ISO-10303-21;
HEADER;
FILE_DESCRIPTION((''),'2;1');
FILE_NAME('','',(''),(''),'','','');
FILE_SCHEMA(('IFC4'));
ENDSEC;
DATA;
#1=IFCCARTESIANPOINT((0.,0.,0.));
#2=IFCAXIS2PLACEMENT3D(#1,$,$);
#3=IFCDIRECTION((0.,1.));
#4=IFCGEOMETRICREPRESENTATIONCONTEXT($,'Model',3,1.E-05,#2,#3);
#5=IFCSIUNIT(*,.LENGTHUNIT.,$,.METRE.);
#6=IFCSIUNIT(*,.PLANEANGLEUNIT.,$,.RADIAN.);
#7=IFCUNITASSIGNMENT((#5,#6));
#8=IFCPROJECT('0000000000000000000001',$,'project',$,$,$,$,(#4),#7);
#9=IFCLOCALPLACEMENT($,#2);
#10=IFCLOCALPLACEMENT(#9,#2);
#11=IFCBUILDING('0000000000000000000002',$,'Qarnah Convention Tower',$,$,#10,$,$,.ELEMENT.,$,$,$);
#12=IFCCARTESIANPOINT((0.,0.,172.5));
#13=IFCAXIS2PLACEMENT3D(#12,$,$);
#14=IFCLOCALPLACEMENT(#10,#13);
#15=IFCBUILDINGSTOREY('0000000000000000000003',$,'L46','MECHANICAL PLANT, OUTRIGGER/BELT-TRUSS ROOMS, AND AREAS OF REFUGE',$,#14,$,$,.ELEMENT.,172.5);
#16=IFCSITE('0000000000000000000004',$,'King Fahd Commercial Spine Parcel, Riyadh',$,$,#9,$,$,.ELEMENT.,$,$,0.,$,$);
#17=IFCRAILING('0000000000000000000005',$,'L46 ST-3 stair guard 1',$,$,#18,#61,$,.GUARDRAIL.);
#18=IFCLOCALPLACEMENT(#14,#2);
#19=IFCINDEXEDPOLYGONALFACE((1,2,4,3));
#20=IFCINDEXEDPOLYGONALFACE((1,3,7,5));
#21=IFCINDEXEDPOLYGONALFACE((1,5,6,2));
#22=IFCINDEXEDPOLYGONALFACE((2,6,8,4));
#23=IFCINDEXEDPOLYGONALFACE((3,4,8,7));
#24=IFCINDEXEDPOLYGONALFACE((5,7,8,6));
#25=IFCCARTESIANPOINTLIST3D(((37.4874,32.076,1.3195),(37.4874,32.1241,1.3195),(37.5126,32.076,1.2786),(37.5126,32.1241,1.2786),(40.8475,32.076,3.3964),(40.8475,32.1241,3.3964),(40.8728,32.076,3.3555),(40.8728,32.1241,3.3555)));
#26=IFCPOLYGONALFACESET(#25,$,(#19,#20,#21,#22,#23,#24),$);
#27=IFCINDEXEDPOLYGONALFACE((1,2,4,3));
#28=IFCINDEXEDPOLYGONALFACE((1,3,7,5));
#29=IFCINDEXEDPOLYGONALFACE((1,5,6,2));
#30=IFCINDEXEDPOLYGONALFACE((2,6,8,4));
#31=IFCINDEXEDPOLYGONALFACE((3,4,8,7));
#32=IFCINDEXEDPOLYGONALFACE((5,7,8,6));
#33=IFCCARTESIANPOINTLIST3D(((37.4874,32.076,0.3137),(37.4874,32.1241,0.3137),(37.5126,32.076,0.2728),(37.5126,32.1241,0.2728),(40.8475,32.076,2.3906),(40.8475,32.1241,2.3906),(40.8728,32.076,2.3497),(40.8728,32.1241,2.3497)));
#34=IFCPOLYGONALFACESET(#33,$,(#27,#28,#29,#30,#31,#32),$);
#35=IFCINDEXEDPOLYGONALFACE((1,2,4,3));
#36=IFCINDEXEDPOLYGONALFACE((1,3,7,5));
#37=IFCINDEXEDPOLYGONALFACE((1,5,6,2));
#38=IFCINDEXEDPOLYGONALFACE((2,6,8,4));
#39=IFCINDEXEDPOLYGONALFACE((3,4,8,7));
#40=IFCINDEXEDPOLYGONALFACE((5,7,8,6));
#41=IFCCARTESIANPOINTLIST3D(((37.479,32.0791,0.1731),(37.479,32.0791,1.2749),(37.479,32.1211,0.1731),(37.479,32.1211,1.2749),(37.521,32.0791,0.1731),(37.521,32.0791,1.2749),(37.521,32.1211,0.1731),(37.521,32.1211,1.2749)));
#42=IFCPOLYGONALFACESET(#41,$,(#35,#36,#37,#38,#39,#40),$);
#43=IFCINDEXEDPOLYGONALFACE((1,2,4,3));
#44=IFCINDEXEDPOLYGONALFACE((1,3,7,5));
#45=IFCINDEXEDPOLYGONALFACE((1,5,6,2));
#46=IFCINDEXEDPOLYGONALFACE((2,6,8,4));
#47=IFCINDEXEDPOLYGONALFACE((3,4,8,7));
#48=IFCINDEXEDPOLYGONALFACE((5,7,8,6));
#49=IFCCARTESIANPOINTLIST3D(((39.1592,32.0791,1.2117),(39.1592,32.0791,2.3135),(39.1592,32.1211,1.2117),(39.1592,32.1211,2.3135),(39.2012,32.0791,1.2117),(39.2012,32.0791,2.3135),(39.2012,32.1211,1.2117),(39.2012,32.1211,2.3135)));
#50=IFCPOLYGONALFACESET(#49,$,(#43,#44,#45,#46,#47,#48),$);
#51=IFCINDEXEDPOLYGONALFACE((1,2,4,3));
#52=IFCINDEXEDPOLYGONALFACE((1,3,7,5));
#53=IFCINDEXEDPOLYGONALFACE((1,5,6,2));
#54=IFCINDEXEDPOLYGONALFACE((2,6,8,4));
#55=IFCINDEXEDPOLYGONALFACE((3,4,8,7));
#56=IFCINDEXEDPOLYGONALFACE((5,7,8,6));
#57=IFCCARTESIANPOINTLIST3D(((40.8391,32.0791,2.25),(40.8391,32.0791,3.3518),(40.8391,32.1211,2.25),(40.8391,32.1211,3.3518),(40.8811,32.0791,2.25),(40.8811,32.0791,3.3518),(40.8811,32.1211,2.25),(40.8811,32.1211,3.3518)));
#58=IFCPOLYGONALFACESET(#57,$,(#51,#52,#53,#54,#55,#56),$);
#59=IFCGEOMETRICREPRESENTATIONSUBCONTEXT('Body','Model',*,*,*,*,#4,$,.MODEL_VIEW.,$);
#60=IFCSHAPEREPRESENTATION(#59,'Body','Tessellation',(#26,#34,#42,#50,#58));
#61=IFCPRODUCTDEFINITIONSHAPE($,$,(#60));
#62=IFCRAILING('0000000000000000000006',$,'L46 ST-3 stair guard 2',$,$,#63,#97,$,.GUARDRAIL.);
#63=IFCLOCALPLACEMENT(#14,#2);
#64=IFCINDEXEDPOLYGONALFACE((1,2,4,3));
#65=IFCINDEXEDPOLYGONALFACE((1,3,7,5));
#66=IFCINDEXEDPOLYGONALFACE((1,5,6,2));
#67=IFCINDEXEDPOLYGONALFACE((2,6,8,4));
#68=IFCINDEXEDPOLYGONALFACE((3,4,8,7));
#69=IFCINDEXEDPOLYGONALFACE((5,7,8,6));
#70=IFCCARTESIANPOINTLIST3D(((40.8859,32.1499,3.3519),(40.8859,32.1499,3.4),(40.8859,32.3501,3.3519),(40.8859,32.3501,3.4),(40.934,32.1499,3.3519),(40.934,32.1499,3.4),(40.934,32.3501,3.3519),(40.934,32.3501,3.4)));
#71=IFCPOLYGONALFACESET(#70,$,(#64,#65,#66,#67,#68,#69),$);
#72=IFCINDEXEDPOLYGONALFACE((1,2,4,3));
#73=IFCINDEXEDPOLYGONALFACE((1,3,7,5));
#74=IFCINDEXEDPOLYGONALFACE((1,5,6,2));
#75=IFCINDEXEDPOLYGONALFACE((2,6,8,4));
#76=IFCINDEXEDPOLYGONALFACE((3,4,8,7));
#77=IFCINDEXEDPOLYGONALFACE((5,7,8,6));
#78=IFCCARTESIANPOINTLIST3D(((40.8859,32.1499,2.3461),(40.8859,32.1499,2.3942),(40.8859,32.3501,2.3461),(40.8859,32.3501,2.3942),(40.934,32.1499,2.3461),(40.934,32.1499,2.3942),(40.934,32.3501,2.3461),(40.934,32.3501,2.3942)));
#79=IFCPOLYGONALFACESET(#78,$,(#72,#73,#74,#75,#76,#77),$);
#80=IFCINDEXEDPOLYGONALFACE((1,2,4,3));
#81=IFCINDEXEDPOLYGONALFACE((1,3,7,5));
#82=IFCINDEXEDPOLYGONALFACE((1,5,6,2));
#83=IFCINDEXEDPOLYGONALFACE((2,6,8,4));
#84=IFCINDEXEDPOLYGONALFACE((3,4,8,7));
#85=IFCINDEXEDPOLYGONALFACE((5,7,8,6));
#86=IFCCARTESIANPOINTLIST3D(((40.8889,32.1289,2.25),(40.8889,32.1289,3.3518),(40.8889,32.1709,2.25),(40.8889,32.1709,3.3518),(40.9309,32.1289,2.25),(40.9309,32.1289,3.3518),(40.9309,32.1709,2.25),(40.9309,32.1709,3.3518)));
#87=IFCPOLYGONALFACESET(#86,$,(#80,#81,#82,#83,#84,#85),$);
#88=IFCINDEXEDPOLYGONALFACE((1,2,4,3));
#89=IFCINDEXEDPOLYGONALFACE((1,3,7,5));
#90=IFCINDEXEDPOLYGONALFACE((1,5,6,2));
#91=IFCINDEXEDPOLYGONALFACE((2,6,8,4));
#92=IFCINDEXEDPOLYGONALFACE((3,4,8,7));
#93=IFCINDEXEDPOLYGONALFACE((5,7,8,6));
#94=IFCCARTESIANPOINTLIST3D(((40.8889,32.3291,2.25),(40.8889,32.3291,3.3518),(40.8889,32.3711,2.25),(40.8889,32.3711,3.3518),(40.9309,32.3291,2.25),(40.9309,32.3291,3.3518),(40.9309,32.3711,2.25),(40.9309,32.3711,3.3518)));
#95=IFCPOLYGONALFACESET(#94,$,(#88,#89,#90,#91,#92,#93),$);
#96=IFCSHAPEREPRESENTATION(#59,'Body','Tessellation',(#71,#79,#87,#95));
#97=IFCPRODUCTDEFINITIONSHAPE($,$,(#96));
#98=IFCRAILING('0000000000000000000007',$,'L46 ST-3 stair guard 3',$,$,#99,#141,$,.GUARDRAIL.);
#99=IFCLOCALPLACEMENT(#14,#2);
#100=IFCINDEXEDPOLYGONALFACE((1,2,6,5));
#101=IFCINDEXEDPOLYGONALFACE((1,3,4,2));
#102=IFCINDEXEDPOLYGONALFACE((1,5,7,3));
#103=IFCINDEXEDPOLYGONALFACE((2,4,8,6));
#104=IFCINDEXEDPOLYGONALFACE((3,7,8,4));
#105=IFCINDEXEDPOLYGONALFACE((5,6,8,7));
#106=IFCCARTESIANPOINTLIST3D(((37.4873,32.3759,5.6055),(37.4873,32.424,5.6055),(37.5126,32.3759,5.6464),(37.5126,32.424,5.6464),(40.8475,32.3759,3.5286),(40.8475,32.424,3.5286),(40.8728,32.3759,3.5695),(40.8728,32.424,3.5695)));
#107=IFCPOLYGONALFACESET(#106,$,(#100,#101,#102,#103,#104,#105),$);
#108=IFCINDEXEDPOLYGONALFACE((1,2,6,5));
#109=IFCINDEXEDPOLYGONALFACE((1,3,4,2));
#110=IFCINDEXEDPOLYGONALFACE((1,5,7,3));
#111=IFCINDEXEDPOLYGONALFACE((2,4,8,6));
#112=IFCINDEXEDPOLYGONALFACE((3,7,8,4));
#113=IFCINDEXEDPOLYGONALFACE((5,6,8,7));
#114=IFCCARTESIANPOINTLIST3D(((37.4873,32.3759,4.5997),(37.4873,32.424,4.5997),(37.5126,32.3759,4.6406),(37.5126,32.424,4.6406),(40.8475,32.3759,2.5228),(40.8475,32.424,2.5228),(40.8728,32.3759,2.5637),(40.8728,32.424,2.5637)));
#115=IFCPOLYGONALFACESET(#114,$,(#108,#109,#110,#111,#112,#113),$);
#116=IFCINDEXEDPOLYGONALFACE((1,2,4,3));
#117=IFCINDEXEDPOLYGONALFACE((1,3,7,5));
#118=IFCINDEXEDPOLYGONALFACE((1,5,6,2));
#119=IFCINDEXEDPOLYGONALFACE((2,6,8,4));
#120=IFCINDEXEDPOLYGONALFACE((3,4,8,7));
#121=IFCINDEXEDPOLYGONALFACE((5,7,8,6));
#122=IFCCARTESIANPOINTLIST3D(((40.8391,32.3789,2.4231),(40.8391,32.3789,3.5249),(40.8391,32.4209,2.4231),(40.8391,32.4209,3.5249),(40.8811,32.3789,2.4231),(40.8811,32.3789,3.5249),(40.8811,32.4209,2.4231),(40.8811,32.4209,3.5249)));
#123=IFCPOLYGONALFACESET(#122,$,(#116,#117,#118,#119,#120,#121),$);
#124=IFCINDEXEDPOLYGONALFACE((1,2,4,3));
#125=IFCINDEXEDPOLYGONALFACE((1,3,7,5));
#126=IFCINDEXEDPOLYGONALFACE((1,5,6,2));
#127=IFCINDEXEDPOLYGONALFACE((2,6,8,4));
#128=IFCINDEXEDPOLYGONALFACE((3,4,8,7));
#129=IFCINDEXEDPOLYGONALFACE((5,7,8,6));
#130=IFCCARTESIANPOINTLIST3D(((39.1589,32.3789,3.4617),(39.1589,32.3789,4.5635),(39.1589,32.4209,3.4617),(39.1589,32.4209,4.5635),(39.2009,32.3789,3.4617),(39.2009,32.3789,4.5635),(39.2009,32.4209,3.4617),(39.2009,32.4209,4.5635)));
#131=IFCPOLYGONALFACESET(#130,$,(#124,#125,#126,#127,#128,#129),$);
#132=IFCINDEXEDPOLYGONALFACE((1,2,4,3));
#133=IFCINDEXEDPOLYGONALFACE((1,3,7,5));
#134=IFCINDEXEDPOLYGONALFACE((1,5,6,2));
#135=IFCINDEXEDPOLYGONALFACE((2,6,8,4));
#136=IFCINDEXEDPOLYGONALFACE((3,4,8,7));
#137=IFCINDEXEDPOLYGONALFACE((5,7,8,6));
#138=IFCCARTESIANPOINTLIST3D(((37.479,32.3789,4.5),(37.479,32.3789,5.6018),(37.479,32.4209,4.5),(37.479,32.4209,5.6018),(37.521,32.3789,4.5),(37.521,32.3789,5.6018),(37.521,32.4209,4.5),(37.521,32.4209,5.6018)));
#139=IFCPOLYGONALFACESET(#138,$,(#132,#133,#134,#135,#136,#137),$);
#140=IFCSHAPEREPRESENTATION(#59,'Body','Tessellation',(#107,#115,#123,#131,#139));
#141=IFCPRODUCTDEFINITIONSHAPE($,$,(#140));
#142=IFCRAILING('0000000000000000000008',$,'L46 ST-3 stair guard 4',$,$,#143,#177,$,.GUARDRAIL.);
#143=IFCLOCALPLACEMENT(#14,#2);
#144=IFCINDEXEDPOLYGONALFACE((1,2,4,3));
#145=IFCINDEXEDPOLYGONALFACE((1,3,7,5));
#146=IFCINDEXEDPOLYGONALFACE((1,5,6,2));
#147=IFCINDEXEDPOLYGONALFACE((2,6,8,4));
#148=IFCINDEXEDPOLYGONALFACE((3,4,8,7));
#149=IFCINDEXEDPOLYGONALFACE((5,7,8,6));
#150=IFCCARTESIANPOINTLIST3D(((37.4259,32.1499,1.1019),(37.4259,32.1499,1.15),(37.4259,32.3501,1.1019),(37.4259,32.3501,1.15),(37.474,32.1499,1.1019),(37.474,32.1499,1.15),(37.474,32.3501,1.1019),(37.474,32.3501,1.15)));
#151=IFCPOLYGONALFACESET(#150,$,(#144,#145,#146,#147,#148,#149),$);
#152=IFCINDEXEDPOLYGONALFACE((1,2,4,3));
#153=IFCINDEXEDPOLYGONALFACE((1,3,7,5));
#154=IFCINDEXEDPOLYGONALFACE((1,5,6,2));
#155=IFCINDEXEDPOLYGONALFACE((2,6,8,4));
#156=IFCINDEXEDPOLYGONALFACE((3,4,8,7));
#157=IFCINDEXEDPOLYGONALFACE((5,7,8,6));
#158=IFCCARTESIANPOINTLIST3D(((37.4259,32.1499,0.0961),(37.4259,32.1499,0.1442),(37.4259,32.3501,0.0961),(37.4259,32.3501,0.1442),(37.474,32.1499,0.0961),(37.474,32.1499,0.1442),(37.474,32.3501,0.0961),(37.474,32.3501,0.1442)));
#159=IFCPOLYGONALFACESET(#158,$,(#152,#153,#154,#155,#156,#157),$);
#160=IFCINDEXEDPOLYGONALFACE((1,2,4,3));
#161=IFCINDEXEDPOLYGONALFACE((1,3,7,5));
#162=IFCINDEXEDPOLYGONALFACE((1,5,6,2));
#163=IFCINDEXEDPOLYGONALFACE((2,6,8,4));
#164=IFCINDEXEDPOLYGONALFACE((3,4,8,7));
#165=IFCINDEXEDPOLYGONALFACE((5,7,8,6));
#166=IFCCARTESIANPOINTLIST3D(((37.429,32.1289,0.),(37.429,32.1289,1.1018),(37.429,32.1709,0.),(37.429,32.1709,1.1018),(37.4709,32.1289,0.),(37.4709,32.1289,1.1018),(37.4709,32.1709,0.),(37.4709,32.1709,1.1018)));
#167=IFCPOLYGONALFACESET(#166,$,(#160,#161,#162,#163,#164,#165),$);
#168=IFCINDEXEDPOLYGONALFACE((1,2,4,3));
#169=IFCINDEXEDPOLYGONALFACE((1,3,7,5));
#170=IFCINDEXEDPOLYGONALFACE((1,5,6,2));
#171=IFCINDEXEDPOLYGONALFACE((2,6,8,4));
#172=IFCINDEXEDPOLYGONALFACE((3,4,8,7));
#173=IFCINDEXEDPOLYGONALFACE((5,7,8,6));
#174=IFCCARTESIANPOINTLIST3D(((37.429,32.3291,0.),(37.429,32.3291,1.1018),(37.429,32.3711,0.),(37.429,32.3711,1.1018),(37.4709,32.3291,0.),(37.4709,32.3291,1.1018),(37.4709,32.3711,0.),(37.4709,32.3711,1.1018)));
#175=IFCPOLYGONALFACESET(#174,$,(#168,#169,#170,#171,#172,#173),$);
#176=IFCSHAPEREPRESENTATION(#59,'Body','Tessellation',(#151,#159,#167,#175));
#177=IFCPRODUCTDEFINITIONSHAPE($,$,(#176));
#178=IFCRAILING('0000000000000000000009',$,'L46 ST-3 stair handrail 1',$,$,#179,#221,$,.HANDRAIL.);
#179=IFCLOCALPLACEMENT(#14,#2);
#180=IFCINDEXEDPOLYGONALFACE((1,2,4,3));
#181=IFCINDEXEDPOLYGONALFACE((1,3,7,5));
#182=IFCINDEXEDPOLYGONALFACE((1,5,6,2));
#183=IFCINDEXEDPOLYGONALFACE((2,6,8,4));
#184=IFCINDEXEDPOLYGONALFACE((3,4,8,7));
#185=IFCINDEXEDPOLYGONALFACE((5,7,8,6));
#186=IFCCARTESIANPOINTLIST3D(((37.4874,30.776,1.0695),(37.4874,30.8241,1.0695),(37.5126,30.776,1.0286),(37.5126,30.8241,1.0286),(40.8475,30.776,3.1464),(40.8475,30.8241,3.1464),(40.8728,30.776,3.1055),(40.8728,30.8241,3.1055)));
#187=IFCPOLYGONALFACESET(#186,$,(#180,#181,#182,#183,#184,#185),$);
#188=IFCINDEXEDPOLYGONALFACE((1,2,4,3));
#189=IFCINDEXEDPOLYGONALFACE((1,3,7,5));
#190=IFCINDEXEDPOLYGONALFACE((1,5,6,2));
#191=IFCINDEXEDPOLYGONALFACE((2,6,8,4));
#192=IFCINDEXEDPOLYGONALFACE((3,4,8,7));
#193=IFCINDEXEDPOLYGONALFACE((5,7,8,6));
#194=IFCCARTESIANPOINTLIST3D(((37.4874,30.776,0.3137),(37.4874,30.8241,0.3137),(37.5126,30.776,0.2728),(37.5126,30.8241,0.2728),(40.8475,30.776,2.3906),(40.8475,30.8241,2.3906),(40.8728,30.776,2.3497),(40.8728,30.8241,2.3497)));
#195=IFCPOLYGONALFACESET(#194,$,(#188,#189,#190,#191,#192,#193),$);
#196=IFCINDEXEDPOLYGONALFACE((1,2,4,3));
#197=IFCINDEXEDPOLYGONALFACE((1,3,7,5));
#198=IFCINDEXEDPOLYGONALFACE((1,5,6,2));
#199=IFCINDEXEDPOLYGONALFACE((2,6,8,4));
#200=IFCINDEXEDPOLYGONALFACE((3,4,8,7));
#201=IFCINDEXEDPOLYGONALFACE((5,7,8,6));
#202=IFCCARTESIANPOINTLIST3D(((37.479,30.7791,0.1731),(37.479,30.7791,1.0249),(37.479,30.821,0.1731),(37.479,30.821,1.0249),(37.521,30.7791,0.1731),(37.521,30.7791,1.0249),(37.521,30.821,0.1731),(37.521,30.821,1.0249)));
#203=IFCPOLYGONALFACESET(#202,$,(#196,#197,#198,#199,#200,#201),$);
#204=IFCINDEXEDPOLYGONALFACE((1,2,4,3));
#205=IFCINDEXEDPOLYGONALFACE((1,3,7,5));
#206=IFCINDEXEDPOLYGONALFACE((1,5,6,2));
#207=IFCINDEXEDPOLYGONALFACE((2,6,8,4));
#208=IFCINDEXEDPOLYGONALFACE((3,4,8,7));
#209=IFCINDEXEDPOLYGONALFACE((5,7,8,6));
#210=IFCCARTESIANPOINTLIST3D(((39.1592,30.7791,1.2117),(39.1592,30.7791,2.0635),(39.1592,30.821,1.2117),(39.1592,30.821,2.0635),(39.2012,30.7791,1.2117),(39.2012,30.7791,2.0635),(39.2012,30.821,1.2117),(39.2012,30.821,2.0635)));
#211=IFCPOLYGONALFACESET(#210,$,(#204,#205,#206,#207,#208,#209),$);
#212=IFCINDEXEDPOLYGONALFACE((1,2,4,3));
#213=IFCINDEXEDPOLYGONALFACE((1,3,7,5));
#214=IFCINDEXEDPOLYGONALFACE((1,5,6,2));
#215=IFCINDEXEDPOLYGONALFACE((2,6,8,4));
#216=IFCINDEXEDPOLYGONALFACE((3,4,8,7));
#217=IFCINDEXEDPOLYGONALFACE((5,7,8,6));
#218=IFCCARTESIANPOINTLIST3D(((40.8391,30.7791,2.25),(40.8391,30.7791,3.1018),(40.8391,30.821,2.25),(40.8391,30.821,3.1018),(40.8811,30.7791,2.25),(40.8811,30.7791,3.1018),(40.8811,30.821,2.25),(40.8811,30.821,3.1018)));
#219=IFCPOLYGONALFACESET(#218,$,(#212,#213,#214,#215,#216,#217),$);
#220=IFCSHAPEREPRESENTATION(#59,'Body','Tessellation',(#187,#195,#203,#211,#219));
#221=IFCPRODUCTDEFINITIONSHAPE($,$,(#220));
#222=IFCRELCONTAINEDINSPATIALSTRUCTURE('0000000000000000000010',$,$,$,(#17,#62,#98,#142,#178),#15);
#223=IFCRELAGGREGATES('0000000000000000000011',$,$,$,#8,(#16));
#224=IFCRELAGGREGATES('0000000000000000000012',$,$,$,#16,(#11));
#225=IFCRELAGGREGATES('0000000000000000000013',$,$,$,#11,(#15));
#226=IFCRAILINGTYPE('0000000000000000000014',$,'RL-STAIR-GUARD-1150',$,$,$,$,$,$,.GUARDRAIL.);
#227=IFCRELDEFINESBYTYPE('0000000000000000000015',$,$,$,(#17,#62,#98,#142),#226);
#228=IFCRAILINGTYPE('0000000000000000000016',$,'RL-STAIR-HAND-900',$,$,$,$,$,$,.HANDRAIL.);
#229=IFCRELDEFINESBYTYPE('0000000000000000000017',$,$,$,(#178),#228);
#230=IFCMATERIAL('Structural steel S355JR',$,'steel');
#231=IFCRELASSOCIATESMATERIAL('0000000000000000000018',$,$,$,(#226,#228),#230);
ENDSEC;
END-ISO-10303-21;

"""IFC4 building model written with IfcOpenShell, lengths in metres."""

from ifc_helpers import new_model, si_unit, direction, frame, origin, origin_2d, place, context, subcontext, project, spatial, rectangle, extrude, material, type_object, element, save


model = new_model("IFC4")

# Units and contexts
model_context = context("Model", 3, precision=1e-05, world=origin(), true_north=direction((0.0, 1.0)))
body_context = subcontext(model_context, "Body", "Model", "MODEL_VIEW")
ifc_project = project(units=[si_unit("LENGTHUNIT", "METRE"), si_unit("PLANEANGLEUNIT", "RADIAN")], contexts=[model_context])

# Site, building, storey
site_placement = place(None, origin())
site = spatial("IfcSite", under=ifc_project, at=site_placement, Name="King Fahd Commercial Spine Parcel, Riyadh", CompositionType="ELEMENT", RefElevation=0.0)
building_placement = place(site_placement, origin())
building = spatial("IfcBuilding", under=site, at=building_placement, Name="Qarnah Convention Tower", CompositionType="ELEMENT")
storey_placement = place(building_placement, frame((0.0, 0.0, 172.5)))
storey = spatial("IfcBuildingStorey", under=building, at=storey_placement, Name="L46", Description="MECHANICAL PLANT, OUTRIGGER/BELT-TRUSS ROOMS, AND AREAS OF REFUGE", CompositionType="ELEMENT", Elevation=172.5)

# Shared definitions
ifc_material_1 = material(Name="Structural steel S355JR", Category="steel")

# Railings
railing_type_1 = type_object("IfcRailingType", Name="RL-STAIR-GUARD-1150", PredefinedType="GUARDRAIL", material=ifc_material_1)
railing_1_placement = place(storey_placement, frame((37.5, 32.1001, 0.1731)))
element("IfcRailing", 1, at=railing_1_placement, inside=storey, type_object=railing_type_1, Name="L46 ST-3 stair guard 1", PredefinedType="GUARDRAIL", context=body_context, shape_type="SweptSolid", body=[
    extrude(rectangle(XDim=0.0481, YDim=0.0481, at=origin_2d()), frame((0.0, 0.0, 1.126), z_axis=(0.850623, 0.0, 0.525776), x_axis=(0.0, 1.0, 0.0)), (0.0, 0.0, 1.0), 3.9502),
    extrude(rectangle(XDim=0.0481, YDim=0.0481, at=origin_2d()), frame((0.0, 0.0, 0.1201), z_axis=(0.850623, 0.0, 0.525776), x_axis=(0.0, 1.0, 0.0)), (0.0, 0.0, 1.0), 3.9502),
    extrude(rectangle(XDim=0.042, YDim=0.042, at=origin_2d()), origin(), (0.0, 0.0, 1.0), 1.1018),
    extrude(rectangle(XDim=0.042, YDim=0.042, at=origin_2d()), frame((1.6802, 0.0, 1.0386)), (0.0, 0.0, 1.0), 1.1018),
    extrude(rectangle(XDim=0.042, YDim=0.042, at=origin_2d()), frame((3.3601, 0.0, 2.0769)), (0.0, 0.0, 1.0), 1.1018),
])
railing_2_placement = place(storey_placement, frame((40.9099, 32.1499, 2.25)))
element("IfcRailing", 2, at=railing_2_placement, inside=storey, type_object=railing_type_1, Name="L46 ST-3 stair guard 2", PredefinedType="GUARDRAIL", context=body_context, shape_type="SweptSolid", body=[
    extrude(rectangle(XDim=0.0481, YDim=0.0481, at=origin_2d()), frame((0.0, 0.0, 1.126), z_axis=(0.0, 1.0, 0.0), x_axis=(-1.0, 0.0, 0.0)), (0.0, 0.0, 1.0), 0.2002),
    extrude(rectangle(XDim=0.0481, YDim=0.0481, at=origin_2d()), frame((0.0, 0.0, 0.1201), z_axis=(0.0, 1.0, 0.0), x_axis=(-1.0, 0.0, 0.0)), (0.0, 0.0, 1.0), 0.2002),
    extrude(rectangle(XDim=0.042, YDim=0.042, at=origin_2d()), origin(), (0.0, 0.0, 1.0), 1.1018),
    extrude(rectangle(XDim=0.042, YDim=0.042, at=origin_2d()), frame((0.0, 0.2002, 0.0)), (0.0, 0.0, 1.0), 1.1018),
])
railing_3_placement = place(storey_placement, frame((40.8601, 32.3999, 2.4231)))
element("IfcRailing", 3, at=railing_3_placement, inside=storey, type_object=railing_type_1, Name="L46 ST-3 stair guard 3", PredefinedType="GUARDRAIL", context=body_context, shape_type="SweptSolid", body=[
    extrude(rectangle(XDim=0.0481, YDim=0.0481, at=origin_2d()), frame((0.0, 0.0, 1.126), z_axis=(-0.850623, 0.0, 0.525776), x_axis=(0.0, -1.0, 0.0)), (0.0, 0.0, 1.0), 3.9502),
    extrude(rectangle(XDim=0.0481, YDim=0.0481, at=origin_2d()), frame((0.0, 0.0, 0.1201), z_axis=(-0.850623, 0.0, 0.525776), x_axis=(0.0, -1.0, 0.0)), (0.0, 0.0, 1.0), 3.9502),
    extrude(rectangle(XDim=0.042, YDim=0.042, at=origin_2d()), origin(), (0.0, 0.0, 1.0), 1.1018),
    extrude(rectangle(XDim=0.042, YDim=0.042, at=origin_2d()), frame((-1.6802, 0.0, 1.0386)), (0.0, 0.0, 1.0), 1.1018),
    extrude(rectangle(XDim=0.042, YDim=0.042, at=origin_2d()), frame((-3.3601, 0.0, 2.0769)), (0.0, 0.0, 1.0), 1.1018),
])
railing_4_placement = place(storey_placement, frame((37.45, 32.1499, 0.0)))
element("IfcRailing", 4, at=railing_4_placement, inside=storey, type_object=railing_type_1, Name="L46 ST-3 stair guard 4", PredefinedType="GUARDRAIL", context=body_context, shape_type="SweptSolid", body=[
    extrude(rectangle(XDim=0.0481, YDim=0.0481, at=origin_2d()), frame((0.0, 0.0, 1.126), z_axis=(0.0, 1.0, 0.0), x_axis=(-1.0, 0.0, 0.0)), (0.0, 0.0, 1.0), 0.2002),
    extrude(rectangle(XDim=0.0481, YDim=0.0481, at=origin_2d()), frame((0.0, 0.0, 0.1201), z_axis=(0.0, 1.0, 0.0), x_axis=(-1.0, 0.0, 0.0)), (0.0, 0.0, 1.0), 0.2002),
    extrude(rectangle(XDim=0.042, YDim=0.042, at=origin_2d()), origin(), (0.0, 0.0, 1.0), 1.1018),
    extrude(rectangle(XDim=0.042, YDim=0.042, at=origin_2d()), frame((0.0, 0.2002, 0.0)), (0.0, 0.0, 1.0), 1.1018),
])
railing_type_2 = type_object("IfcRailingType", Name="RL-STAIR-HAND-900", PredefinedType="HANDRAIL", material=ifc_material_1)
railing_5_placement = place(storey_placement, frame((37.5, 30.8, 0.1731)))
element("IfcRailing", 5, at=railing_5_placement, inside=storey, type_object=railing_type_2, Name="L46 ST-3 stair handrail 1", PredefinedType="HANDRAIL", context=body_context, shape_type="SweptSolid", body=[
    extrude(rectangle(XDim=0.0481, YDim=0.0481, at=origin_2d()), frame((0.0, 0.0, 0.876), z_axis=(0.850623, 0.0, 0.525776), x_axis=(0.0, 1.0, 0.0)), (0.0, 0.0, 1.0), 3.9502),
    extrude(rectangle(XDim=0.0481, YDim=0.0481, at=origin_2d()), frame((0.0, 0.0, 0.1201), z_axis=(0.850623, 0.0, 0.525776), x_axis=(0.0, 1.0, 0.0)), (0.0, 0.0, 1.0), 3.9502),
    extrude(rectangle(XDim=0.042, YDim=0.042, at=origin_2d()), origin(), (0.0, 0.0, 1.0), 0.8518),
    extrude(rectangle(XDim=0.042, YDim=0.042, at=origin_2d()), frame((1.6802, 0.0, 1.0386)), (0.0, 0.0, 1.0), 0.8518),
    extrude(rectangle(XDim=0.042, YDim=0.042, at=origin_2d()), frame((3.3601, 0.0, 2.0769)), (0.0, 0.0, 1.0), 0.8518),
])

save(model, "model.ifc")
